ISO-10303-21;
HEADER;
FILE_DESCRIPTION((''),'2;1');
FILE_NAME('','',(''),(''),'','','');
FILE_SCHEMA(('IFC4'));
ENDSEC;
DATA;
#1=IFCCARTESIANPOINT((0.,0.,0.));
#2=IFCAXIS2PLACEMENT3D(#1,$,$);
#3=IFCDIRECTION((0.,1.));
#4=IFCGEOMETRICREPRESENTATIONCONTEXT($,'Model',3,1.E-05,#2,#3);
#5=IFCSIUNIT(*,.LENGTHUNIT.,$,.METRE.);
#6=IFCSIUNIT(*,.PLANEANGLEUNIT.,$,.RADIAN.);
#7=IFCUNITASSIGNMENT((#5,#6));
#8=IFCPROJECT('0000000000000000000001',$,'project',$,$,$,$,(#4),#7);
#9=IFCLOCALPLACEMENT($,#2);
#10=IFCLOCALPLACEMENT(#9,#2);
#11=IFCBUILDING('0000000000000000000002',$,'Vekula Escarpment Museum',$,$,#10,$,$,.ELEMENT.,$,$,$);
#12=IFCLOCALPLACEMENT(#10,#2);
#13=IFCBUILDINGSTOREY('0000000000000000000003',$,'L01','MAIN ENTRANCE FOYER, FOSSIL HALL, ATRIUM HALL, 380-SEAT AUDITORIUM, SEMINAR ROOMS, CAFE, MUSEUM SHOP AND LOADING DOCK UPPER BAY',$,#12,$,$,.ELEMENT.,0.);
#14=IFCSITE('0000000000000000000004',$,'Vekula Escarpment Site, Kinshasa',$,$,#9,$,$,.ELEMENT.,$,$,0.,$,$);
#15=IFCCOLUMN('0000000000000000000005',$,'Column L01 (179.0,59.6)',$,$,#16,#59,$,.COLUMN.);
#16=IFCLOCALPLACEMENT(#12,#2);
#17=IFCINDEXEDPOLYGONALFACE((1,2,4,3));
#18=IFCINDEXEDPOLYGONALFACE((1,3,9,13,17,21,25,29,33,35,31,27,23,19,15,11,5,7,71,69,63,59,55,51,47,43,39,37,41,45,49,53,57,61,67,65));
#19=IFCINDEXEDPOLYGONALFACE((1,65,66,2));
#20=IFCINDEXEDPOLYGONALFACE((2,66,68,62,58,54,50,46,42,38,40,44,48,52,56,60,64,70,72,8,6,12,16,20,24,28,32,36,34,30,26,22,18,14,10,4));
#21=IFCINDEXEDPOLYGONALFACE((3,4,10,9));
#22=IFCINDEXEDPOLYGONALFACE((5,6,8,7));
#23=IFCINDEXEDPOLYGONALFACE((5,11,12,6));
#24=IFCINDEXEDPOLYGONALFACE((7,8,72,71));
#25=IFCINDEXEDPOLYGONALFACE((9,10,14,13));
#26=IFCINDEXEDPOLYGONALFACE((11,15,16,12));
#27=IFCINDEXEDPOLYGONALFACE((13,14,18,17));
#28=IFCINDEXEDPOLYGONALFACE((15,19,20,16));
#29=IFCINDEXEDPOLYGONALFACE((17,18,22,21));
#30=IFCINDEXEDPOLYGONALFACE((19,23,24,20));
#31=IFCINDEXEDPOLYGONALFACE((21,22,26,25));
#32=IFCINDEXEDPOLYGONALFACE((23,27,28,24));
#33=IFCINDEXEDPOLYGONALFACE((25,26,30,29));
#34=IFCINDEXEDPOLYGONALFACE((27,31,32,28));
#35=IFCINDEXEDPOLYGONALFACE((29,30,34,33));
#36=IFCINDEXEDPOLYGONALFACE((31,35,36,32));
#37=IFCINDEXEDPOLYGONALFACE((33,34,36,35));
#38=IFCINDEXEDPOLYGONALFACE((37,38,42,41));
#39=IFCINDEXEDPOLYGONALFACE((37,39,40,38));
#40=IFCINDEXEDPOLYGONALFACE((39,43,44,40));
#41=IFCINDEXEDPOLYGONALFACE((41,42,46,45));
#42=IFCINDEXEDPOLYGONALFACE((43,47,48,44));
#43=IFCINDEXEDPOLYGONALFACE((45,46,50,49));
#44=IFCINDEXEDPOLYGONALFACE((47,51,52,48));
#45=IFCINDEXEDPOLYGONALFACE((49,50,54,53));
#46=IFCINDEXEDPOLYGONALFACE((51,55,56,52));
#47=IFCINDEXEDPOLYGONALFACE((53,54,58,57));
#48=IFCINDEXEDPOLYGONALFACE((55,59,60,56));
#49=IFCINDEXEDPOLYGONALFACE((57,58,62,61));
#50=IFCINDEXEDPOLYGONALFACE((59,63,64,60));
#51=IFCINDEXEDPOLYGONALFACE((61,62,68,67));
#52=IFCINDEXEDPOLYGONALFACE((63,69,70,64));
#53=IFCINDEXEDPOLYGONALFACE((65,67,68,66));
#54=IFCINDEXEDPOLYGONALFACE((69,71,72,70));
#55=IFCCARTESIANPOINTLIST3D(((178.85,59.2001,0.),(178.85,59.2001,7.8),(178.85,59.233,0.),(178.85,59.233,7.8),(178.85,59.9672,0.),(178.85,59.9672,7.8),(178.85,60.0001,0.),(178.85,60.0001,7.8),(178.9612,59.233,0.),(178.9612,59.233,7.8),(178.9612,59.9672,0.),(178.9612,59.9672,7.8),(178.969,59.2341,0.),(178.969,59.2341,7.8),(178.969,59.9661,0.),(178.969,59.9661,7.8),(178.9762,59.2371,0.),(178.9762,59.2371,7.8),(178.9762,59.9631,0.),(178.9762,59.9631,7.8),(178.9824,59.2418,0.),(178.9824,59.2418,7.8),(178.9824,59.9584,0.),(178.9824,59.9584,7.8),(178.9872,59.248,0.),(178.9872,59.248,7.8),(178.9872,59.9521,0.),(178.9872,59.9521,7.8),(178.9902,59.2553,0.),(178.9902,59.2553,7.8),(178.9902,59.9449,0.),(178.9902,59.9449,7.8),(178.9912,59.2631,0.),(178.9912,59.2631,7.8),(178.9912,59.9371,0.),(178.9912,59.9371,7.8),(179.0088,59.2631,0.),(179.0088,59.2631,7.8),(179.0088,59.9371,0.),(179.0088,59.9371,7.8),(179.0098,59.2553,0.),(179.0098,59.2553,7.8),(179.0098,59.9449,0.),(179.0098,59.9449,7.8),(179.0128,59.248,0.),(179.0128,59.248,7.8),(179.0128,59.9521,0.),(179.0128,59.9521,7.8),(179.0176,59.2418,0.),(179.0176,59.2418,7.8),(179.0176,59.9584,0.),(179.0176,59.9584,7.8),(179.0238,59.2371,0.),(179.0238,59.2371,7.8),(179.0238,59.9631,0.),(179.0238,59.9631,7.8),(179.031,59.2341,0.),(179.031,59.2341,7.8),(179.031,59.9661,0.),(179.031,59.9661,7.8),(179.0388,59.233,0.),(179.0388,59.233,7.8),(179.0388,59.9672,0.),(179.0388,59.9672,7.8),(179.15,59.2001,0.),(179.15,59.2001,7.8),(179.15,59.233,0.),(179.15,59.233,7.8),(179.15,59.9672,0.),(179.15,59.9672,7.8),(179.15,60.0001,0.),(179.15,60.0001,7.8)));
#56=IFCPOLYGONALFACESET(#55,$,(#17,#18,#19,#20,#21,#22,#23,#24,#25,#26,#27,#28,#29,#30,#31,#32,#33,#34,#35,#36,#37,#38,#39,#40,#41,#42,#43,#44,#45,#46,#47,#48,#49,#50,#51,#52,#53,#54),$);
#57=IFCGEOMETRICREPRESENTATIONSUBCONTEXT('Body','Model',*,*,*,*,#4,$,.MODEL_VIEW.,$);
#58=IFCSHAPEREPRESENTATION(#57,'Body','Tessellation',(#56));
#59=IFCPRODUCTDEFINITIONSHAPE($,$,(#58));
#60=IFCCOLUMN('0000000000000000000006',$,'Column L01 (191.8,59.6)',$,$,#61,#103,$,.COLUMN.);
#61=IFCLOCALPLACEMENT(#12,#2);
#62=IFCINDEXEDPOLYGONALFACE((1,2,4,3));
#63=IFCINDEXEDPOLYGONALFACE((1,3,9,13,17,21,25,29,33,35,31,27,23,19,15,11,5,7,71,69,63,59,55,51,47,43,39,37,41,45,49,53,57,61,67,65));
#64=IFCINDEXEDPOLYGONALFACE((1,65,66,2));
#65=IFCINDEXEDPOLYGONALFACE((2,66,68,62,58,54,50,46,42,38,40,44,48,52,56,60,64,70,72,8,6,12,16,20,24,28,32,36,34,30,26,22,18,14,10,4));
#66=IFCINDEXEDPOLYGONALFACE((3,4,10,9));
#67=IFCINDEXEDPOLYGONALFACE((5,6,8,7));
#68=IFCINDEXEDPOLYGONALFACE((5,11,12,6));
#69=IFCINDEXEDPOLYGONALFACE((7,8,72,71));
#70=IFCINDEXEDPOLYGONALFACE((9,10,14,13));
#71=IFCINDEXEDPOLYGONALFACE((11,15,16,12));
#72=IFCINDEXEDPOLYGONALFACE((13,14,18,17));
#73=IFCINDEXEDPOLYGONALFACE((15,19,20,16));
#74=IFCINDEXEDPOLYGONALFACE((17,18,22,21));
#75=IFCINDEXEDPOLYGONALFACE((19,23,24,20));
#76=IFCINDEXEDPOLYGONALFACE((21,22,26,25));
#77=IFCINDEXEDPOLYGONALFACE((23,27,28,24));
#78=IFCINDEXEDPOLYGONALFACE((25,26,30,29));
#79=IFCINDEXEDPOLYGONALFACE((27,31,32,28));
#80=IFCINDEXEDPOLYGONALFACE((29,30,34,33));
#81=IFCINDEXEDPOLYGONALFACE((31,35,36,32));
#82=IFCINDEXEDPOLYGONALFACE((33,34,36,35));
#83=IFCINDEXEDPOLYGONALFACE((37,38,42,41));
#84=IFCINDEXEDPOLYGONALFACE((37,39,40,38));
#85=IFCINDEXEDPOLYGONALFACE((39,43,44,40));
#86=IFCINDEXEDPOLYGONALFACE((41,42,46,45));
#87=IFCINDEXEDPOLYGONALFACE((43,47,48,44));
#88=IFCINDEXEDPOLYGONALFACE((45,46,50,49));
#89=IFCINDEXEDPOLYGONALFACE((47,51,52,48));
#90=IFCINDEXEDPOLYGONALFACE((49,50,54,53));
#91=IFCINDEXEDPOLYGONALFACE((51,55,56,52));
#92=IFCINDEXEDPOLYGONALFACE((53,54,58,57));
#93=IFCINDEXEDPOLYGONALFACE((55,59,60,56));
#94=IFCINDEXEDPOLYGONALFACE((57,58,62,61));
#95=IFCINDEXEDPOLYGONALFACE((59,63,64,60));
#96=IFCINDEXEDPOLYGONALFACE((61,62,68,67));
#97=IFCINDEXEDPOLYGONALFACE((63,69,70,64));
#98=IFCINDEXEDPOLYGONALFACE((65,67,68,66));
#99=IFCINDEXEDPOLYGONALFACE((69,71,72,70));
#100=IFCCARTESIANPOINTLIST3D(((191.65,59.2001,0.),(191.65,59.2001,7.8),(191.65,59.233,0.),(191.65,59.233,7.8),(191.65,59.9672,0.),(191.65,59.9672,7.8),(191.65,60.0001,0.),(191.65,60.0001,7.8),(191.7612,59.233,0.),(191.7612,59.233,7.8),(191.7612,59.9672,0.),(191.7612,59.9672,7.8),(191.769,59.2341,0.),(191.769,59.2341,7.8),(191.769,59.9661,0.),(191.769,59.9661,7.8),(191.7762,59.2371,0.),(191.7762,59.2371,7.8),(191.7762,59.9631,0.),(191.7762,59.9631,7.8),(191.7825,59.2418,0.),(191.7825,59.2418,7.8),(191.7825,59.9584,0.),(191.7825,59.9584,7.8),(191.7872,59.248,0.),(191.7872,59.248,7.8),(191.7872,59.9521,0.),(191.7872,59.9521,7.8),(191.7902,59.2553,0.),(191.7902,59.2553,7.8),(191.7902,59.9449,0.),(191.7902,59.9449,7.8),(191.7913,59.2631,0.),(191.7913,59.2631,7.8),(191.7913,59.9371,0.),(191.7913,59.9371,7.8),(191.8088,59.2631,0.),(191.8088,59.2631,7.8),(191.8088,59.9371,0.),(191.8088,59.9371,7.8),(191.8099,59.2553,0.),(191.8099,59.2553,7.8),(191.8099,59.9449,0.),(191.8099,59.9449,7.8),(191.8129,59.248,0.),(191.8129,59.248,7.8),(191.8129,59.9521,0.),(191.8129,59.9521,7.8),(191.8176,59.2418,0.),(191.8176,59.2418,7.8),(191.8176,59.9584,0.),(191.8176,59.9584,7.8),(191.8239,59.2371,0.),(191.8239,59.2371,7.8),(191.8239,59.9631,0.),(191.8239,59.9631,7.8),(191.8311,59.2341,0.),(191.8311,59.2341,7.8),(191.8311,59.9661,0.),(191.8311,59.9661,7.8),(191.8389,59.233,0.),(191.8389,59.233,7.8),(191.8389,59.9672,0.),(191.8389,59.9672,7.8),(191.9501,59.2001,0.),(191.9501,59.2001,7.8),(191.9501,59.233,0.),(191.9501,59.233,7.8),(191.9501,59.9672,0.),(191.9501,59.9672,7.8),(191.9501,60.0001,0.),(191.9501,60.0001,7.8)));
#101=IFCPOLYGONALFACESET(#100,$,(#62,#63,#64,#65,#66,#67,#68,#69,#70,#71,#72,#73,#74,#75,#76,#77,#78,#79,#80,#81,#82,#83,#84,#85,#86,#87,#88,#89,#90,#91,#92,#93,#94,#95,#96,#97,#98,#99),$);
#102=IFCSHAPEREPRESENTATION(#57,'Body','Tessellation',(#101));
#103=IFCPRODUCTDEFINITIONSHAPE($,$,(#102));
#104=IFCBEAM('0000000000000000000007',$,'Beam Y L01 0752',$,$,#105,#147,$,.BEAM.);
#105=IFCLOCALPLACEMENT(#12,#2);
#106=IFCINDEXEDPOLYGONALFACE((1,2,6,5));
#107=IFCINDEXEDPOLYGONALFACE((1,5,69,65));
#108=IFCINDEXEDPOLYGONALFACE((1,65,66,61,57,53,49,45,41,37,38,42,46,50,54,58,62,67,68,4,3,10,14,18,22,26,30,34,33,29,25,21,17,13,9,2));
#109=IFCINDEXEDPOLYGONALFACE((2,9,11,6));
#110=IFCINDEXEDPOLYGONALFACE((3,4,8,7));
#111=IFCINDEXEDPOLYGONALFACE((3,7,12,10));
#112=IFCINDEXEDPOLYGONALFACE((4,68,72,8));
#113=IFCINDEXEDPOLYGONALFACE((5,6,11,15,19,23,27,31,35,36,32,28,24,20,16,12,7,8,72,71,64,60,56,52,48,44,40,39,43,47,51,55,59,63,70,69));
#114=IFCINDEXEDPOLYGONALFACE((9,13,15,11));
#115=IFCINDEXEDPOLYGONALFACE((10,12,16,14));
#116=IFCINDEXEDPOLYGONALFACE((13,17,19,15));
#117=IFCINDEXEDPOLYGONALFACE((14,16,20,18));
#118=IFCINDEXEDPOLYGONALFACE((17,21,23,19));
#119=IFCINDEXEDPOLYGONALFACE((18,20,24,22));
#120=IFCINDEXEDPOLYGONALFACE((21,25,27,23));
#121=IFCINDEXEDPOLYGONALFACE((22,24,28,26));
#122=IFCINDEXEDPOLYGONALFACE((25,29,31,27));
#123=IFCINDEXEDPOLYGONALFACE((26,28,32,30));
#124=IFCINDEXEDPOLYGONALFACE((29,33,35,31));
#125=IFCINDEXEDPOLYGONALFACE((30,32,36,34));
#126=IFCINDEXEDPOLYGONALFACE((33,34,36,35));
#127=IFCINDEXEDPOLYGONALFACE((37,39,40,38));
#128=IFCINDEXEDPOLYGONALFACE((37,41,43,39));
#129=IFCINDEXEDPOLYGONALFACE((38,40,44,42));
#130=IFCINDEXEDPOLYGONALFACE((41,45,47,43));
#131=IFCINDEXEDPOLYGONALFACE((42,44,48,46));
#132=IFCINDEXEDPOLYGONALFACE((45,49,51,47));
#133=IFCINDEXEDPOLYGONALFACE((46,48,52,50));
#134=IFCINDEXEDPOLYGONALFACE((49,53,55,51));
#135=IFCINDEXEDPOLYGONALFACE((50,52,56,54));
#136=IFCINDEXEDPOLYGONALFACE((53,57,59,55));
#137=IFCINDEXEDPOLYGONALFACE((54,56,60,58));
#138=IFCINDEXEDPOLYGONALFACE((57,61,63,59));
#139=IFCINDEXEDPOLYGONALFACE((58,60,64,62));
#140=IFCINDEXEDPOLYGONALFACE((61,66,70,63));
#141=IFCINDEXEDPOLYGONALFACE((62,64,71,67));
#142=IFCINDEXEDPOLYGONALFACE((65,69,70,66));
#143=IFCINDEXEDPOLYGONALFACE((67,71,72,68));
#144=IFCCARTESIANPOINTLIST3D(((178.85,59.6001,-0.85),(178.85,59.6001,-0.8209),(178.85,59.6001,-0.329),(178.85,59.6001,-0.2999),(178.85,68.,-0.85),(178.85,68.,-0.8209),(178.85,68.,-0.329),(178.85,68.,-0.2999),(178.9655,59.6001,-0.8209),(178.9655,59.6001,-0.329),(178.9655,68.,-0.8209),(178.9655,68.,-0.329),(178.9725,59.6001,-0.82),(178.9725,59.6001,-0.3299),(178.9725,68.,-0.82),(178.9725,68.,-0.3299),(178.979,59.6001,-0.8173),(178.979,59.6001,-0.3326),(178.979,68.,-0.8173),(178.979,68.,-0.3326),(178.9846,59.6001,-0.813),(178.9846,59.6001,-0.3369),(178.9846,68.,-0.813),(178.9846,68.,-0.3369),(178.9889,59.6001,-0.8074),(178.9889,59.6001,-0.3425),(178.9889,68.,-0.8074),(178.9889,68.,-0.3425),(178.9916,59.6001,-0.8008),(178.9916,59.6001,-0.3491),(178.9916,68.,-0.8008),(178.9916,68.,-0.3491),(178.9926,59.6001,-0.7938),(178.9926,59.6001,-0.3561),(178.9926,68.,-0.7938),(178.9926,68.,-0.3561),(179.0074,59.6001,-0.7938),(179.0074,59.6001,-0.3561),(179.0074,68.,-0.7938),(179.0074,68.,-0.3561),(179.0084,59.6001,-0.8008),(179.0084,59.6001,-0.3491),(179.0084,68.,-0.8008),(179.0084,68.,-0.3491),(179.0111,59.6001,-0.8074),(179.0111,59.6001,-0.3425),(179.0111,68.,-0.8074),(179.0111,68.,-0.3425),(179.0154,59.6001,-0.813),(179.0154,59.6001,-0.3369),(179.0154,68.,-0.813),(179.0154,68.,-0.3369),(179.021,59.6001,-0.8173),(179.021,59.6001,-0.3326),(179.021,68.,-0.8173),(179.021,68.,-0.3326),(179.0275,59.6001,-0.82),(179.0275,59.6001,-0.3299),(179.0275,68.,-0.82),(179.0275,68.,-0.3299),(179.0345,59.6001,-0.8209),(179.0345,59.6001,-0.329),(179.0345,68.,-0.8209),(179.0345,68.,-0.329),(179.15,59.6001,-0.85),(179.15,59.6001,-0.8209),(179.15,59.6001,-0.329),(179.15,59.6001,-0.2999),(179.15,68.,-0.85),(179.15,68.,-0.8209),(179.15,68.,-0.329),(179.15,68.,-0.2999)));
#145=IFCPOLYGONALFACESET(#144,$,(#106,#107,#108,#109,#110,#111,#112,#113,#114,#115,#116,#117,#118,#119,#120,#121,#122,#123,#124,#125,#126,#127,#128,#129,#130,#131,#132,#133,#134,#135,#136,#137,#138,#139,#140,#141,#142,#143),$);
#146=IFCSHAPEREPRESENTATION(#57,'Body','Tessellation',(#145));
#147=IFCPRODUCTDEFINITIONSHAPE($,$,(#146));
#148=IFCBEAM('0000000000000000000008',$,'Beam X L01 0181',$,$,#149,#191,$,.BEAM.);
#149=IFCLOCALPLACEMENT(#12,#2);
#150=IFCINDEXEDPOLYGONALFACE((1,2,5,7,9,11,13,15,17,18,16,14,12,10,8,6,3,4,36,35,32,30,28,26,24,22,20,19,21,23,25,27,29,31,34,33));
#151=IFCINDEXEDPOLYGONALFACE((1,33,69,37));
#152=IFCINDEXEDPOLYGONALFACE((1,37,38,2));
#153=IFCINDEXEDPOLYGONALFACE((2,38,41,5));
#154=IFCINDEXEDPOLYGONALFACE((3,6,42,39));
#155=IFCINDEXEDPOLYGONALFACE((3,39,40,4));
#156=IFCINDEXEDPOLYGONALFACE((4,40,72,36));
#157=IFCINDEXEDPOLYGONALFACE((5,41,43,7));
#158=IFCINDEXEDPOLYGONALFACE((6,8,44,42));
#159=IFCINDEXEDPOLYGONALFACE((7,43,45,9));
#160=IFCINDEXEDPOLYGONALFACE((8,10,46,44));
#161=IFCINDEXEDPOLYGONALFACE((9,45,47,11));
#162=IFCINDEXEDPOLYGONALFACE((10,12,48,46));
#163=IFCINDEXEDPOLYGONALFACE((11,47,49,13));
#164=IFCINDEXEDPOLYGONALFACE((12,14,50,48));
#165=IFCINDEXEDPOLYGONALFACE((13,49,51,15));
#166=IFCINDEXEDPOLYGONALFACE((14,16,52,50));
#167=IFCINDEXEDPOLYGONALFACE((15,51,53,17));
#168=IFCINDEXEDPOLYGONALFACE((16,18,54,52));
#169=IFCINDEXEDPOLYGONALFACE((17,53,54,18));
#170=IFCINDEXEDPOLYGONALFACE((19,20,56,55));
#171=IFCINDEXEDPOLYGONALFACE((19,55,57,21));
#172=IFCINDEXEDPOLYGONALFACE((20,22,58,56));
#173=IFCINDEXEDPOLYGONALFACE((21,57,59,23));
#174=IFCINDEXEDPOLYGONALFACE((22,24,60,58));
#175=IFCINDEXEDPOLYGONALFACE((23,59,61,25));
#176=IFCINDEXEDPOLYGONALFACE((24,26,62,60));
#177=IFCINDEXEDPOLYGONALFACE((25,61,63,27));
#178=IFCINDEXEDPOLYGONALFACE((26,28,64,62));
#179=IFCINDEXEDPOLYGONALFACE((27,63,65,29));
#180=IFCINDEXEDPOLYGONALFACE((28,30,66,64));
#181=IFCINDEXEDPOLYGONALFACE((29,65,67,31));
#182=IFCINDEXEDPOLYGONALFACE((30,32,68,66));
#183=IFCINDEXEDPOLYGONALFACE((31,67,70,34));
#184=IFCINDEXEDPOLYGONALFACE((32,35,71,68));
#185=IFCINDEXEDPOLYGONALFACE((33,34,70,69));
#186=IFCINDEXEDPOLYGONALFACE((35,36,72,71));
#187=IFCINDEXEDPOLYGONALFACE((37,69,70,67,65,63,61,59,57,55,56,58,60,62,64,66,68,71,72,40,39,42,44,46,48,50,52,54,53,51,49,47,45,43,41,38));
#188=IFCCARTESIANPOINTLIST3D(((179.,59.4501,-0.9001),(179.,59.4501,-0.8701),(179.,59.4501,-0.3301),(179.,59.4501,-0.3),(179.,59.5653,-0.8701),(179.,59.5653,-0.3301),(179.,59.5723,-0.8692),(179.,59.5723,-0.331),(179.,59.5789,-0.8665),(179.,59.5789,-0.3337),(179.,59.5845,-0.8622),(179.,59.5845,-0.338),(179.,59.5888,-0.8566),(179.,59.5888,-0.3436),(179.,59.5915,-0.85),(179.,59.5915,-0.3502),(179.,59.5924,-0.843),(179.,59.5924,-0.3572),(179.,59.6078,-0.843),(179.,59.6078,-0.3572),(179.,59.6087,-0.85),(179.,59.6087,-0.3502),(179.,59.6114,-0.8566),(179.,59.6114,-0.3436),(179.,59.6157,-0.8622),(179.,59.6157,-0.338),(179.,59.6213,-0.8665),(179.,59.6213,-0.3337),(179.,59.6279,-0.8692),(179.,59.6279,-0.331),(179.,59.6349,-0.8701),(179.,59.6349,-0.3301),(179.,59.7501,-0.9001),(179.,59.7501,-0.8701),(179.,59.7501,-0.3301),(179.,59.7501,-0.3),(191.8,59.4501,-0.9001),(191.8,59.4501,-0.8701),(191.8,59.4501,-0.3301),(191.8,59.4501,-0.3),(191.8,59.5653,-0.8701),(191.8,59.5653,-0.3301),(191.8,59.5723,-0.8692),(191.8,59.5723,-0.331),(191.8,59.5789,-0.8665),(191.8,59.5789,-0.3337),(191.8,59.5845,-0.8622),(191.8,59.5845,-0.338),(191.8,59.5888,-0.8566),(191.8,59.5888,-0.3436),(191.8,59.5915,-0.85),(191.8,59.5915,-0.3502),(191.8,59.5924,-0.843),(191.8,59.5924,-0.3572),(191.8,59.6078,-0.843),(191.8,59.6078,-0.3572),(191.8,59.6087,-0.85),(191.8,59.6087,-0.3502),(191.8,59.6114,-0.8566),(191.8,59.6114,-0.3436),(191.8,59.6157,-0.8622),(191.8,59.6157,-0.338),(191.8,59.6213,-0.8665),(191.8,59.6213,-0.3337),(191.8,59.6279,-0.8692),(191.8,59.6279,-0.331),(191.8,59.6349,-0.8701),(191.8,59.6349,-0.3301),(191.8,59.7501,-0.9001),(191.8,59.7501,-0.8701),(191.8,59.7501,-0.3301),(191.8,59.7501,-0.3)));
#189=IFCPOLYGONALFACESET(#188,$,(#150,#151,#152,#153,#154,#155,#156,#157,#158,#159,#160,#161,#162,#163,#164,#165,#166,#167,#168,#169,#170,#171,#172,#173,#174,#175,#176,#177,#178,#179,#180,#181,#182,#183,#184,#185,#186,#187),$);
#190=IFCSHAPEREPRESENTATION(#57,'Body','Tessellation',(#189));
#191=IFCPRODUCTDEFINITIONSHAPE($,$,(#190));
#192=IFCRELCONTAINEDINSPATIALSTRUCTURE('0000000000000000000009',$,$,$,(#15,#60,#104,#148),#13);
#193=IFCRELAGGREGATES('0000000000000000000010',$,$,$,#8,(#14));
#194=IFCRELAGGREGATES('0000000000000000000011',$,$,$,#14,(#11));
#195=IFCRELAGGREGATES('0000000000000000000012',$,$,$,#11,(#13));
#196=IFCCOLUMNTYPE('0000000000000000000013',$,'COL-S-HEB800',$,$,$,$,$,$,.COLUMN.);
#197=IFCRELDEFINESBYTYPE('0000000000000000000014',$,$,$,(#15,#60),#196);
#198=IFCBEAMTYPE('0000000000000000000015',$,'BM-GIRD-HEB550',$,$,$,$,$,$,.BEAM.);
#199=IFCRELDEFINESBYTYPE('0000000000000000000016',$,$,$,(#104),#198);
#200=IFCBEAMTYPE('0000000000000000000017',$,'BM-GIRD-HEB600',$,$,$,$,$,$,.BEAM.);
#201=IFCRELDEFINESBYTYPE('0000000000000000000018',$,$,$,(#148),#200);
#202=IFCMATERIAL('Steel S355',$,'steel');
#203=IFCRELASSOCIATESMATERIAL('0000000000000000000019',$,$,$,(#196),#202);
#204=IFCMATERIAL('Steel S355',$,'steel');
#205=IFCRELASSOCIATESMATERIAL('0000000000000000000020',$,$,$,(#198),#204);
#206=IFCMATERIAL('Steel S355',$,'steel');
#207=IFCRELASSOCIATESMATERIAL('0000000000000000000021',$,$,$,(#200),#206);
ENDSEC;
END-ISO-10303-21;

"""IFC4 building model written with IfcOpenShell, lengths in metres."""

from ifc_helpers import new_model, si_unit, direction, frame, origin, origin_2d, place, context, subcontext, project, spatial, i_section, extrude, material, material_profile, profile_set, type_object, element, save


model = new_model("IFC4")

# Units and contexts
model_context = context("Model", 3, precision=1e-05, world=origin(), true_north=direction((0.0, 1.0)))
body_context = subcontext(model_context, "Body", "Model", "MODEL_VIEW")
ifc_project = project(units=[si_unit("LENGTHUNIT", "METRE"), si_unit("PLANEANGLEUNIT", "RADIAN")], contexts=[model_context])

# Site, building, storey
site_placement = place(None, origin())
site = spatial("IfcSite", under=ifc_project, at=site_placement, Name="Vekula Escarpment Site, Kinshasa", CompositionType="ELEMENT", RefElevation=0.0)
building_placement = place(site_placement, origin())
building = spatial("IfcBuilding", under=site, at=building_placement, Name="Vekula Escarpment Museum", CompositionType="ELEMENT")
storey_placement = place(building_placement, origin())
storey = spatial("IfcBuildingStorey", under=building, at=storey_placement, Name="L01", Description="MAIN ENTRANCE FOYER, FOSSIL HALL, ATRIUM HALL, 380-SEAT AUDITORIUM, SEMINAR ROOMS, CAFE, MUSEUM SHOP AND LOADING DOCK UPPER BAY", CompositionType="ELEMENT", Elevation=0.0)

# Columns
ifc_material_1 = material(Name="Steel S355", Category="steel")
ifc_material_profile_1 = material_profile(ifc_material_1, i_section(OverallWidth=0.3, OverallDepth=0.8, WebThickness=0.0176, FlangeThickness=0.033, FilletRadius=0.03, at=origin_2d()), Name="HEB 800")
ifc_profile_set_1 = profile_set([ifc_material_profile_1], Name="Steel S355")
column_type = type_object("IfcColumnType", Name="COL-S-HEB800", PredefinedType="COLUMN", material=ifc_profile_set_1)
for number, where, z_axis, x_axis, name in (
    (1, (179.0, 59.6001, 0.0), (0.0, 0.0, 1.0), (1.0, 0.0, 0.0), "Column L01 (179.0,59.6)"),
    (2, (191.8, 59.6001, 0.0), (0.0, 0.0, 1.0), (1.0, 0.0, 0.0), "Column L01 (191.8,59.6)"),
):
    element("IfcColumn", number, at=place(storey_placement, frame(where, z_axis=z_axis, x_axis=x_axis)), inside=storey, type_object=column_type, Name=name, PredefinedType="COLUMN", context=body_context, shape_type="SweptSolid", body=[
        extrude(i_section(OverallWidth=0.3, OverallDepth=0.8, WebThickness=0.0176, FlangeThickness=0.033, FilletRadius=0.03, at=origin_2d()), origin(), (0.0, 0.0, 1.0), 7.8),
    ])

# Beams
ifc_material_2 = material(Name="Steel S355", Category="steel")
ifc_material_profile_2 = material_profile(ifc_material_2, i_section(OverallWidth=0.3, OverallDepth=0.55, WebThickness=0.0149, FlangeThickness=0.0291, FilletRadius=0.0271, at=origin_2d()), Name="HEB 550")
ifc_profile_set_2 = profile_set([ifc_material_profile_2], Name="Steel S355")
beam_type_1 = type_object("IfcBeamType", Name="BM-GIRD-HEB550", PredefinedType="BEAM", material=ifc_profile_set_2)
beam_1_placement = place(storey_placement, frame((179.0, 59.6001, -0.575), z_axis=(0.0, 1.0, 0.0), x_axis=(-1.0, 0.0, 0.0)))
element("IfcBeam", 3, at=beam_1_placement, inside=storey, type_object=beam_type_1, Name="Beam Y L01 0752", PredefinedType="BEAM", context=body_context, shape_type="SweptSolid", body=[
    extrude(i_section(OverallWidth=0.3, OverallDepth=0.55, WebThickness=0.0149, FlangeThickness=0.0291, FilletRadius=0.0271, at=origin_2d()), origin(), (0.0, 0.0, 1.0), 8.3999),
])
ifc_material_3 = material(Name="Steel S355", Category="steel")
ifc_material_profile_3 = material_profile(ifc_material_3, i_section(OverallWidth=0.3, OverallDepth=0.6001, WebThickness=0.0154, FlangeThickness=0.03, FilletRadius=0.0271, at=origin_2d()), Name="HEB 600")
ifc_profile_set_3 = profile_set([ifc_material_profile_3], Name="Steel S355")
beam_type_2 = type_object("IfcBeamType", Name="BM-GIRD-HEB600", PredefinedType="BEAM", material=ifc_profile_set_3)
beam_2_placement = place(storey_placement, frame((179.0, 59.6001, -0.6001), z_axis=(1.0, 0.0, 0.0), x_axis=(0.0, 1.0, 0.0)))
element("IfcBeam", 4, at=beam_2_placement, inside=storey, type_object=beam_type_2, Name="Beam X L01 0181", PredefinedType="BEAM", context=body_context, shape_type="SweptSolid", body=[
    extrude(i_section(OverallWidth=0.3, OverallDepth=0.6001, WebThickness=0.0154, FlangeThickness=0.03, FilletRadius=0.0271, at=origin_2d()), origin(), (0.0, 0.0, 1.0), 12.8),
])

save(model, "model.ifc")
